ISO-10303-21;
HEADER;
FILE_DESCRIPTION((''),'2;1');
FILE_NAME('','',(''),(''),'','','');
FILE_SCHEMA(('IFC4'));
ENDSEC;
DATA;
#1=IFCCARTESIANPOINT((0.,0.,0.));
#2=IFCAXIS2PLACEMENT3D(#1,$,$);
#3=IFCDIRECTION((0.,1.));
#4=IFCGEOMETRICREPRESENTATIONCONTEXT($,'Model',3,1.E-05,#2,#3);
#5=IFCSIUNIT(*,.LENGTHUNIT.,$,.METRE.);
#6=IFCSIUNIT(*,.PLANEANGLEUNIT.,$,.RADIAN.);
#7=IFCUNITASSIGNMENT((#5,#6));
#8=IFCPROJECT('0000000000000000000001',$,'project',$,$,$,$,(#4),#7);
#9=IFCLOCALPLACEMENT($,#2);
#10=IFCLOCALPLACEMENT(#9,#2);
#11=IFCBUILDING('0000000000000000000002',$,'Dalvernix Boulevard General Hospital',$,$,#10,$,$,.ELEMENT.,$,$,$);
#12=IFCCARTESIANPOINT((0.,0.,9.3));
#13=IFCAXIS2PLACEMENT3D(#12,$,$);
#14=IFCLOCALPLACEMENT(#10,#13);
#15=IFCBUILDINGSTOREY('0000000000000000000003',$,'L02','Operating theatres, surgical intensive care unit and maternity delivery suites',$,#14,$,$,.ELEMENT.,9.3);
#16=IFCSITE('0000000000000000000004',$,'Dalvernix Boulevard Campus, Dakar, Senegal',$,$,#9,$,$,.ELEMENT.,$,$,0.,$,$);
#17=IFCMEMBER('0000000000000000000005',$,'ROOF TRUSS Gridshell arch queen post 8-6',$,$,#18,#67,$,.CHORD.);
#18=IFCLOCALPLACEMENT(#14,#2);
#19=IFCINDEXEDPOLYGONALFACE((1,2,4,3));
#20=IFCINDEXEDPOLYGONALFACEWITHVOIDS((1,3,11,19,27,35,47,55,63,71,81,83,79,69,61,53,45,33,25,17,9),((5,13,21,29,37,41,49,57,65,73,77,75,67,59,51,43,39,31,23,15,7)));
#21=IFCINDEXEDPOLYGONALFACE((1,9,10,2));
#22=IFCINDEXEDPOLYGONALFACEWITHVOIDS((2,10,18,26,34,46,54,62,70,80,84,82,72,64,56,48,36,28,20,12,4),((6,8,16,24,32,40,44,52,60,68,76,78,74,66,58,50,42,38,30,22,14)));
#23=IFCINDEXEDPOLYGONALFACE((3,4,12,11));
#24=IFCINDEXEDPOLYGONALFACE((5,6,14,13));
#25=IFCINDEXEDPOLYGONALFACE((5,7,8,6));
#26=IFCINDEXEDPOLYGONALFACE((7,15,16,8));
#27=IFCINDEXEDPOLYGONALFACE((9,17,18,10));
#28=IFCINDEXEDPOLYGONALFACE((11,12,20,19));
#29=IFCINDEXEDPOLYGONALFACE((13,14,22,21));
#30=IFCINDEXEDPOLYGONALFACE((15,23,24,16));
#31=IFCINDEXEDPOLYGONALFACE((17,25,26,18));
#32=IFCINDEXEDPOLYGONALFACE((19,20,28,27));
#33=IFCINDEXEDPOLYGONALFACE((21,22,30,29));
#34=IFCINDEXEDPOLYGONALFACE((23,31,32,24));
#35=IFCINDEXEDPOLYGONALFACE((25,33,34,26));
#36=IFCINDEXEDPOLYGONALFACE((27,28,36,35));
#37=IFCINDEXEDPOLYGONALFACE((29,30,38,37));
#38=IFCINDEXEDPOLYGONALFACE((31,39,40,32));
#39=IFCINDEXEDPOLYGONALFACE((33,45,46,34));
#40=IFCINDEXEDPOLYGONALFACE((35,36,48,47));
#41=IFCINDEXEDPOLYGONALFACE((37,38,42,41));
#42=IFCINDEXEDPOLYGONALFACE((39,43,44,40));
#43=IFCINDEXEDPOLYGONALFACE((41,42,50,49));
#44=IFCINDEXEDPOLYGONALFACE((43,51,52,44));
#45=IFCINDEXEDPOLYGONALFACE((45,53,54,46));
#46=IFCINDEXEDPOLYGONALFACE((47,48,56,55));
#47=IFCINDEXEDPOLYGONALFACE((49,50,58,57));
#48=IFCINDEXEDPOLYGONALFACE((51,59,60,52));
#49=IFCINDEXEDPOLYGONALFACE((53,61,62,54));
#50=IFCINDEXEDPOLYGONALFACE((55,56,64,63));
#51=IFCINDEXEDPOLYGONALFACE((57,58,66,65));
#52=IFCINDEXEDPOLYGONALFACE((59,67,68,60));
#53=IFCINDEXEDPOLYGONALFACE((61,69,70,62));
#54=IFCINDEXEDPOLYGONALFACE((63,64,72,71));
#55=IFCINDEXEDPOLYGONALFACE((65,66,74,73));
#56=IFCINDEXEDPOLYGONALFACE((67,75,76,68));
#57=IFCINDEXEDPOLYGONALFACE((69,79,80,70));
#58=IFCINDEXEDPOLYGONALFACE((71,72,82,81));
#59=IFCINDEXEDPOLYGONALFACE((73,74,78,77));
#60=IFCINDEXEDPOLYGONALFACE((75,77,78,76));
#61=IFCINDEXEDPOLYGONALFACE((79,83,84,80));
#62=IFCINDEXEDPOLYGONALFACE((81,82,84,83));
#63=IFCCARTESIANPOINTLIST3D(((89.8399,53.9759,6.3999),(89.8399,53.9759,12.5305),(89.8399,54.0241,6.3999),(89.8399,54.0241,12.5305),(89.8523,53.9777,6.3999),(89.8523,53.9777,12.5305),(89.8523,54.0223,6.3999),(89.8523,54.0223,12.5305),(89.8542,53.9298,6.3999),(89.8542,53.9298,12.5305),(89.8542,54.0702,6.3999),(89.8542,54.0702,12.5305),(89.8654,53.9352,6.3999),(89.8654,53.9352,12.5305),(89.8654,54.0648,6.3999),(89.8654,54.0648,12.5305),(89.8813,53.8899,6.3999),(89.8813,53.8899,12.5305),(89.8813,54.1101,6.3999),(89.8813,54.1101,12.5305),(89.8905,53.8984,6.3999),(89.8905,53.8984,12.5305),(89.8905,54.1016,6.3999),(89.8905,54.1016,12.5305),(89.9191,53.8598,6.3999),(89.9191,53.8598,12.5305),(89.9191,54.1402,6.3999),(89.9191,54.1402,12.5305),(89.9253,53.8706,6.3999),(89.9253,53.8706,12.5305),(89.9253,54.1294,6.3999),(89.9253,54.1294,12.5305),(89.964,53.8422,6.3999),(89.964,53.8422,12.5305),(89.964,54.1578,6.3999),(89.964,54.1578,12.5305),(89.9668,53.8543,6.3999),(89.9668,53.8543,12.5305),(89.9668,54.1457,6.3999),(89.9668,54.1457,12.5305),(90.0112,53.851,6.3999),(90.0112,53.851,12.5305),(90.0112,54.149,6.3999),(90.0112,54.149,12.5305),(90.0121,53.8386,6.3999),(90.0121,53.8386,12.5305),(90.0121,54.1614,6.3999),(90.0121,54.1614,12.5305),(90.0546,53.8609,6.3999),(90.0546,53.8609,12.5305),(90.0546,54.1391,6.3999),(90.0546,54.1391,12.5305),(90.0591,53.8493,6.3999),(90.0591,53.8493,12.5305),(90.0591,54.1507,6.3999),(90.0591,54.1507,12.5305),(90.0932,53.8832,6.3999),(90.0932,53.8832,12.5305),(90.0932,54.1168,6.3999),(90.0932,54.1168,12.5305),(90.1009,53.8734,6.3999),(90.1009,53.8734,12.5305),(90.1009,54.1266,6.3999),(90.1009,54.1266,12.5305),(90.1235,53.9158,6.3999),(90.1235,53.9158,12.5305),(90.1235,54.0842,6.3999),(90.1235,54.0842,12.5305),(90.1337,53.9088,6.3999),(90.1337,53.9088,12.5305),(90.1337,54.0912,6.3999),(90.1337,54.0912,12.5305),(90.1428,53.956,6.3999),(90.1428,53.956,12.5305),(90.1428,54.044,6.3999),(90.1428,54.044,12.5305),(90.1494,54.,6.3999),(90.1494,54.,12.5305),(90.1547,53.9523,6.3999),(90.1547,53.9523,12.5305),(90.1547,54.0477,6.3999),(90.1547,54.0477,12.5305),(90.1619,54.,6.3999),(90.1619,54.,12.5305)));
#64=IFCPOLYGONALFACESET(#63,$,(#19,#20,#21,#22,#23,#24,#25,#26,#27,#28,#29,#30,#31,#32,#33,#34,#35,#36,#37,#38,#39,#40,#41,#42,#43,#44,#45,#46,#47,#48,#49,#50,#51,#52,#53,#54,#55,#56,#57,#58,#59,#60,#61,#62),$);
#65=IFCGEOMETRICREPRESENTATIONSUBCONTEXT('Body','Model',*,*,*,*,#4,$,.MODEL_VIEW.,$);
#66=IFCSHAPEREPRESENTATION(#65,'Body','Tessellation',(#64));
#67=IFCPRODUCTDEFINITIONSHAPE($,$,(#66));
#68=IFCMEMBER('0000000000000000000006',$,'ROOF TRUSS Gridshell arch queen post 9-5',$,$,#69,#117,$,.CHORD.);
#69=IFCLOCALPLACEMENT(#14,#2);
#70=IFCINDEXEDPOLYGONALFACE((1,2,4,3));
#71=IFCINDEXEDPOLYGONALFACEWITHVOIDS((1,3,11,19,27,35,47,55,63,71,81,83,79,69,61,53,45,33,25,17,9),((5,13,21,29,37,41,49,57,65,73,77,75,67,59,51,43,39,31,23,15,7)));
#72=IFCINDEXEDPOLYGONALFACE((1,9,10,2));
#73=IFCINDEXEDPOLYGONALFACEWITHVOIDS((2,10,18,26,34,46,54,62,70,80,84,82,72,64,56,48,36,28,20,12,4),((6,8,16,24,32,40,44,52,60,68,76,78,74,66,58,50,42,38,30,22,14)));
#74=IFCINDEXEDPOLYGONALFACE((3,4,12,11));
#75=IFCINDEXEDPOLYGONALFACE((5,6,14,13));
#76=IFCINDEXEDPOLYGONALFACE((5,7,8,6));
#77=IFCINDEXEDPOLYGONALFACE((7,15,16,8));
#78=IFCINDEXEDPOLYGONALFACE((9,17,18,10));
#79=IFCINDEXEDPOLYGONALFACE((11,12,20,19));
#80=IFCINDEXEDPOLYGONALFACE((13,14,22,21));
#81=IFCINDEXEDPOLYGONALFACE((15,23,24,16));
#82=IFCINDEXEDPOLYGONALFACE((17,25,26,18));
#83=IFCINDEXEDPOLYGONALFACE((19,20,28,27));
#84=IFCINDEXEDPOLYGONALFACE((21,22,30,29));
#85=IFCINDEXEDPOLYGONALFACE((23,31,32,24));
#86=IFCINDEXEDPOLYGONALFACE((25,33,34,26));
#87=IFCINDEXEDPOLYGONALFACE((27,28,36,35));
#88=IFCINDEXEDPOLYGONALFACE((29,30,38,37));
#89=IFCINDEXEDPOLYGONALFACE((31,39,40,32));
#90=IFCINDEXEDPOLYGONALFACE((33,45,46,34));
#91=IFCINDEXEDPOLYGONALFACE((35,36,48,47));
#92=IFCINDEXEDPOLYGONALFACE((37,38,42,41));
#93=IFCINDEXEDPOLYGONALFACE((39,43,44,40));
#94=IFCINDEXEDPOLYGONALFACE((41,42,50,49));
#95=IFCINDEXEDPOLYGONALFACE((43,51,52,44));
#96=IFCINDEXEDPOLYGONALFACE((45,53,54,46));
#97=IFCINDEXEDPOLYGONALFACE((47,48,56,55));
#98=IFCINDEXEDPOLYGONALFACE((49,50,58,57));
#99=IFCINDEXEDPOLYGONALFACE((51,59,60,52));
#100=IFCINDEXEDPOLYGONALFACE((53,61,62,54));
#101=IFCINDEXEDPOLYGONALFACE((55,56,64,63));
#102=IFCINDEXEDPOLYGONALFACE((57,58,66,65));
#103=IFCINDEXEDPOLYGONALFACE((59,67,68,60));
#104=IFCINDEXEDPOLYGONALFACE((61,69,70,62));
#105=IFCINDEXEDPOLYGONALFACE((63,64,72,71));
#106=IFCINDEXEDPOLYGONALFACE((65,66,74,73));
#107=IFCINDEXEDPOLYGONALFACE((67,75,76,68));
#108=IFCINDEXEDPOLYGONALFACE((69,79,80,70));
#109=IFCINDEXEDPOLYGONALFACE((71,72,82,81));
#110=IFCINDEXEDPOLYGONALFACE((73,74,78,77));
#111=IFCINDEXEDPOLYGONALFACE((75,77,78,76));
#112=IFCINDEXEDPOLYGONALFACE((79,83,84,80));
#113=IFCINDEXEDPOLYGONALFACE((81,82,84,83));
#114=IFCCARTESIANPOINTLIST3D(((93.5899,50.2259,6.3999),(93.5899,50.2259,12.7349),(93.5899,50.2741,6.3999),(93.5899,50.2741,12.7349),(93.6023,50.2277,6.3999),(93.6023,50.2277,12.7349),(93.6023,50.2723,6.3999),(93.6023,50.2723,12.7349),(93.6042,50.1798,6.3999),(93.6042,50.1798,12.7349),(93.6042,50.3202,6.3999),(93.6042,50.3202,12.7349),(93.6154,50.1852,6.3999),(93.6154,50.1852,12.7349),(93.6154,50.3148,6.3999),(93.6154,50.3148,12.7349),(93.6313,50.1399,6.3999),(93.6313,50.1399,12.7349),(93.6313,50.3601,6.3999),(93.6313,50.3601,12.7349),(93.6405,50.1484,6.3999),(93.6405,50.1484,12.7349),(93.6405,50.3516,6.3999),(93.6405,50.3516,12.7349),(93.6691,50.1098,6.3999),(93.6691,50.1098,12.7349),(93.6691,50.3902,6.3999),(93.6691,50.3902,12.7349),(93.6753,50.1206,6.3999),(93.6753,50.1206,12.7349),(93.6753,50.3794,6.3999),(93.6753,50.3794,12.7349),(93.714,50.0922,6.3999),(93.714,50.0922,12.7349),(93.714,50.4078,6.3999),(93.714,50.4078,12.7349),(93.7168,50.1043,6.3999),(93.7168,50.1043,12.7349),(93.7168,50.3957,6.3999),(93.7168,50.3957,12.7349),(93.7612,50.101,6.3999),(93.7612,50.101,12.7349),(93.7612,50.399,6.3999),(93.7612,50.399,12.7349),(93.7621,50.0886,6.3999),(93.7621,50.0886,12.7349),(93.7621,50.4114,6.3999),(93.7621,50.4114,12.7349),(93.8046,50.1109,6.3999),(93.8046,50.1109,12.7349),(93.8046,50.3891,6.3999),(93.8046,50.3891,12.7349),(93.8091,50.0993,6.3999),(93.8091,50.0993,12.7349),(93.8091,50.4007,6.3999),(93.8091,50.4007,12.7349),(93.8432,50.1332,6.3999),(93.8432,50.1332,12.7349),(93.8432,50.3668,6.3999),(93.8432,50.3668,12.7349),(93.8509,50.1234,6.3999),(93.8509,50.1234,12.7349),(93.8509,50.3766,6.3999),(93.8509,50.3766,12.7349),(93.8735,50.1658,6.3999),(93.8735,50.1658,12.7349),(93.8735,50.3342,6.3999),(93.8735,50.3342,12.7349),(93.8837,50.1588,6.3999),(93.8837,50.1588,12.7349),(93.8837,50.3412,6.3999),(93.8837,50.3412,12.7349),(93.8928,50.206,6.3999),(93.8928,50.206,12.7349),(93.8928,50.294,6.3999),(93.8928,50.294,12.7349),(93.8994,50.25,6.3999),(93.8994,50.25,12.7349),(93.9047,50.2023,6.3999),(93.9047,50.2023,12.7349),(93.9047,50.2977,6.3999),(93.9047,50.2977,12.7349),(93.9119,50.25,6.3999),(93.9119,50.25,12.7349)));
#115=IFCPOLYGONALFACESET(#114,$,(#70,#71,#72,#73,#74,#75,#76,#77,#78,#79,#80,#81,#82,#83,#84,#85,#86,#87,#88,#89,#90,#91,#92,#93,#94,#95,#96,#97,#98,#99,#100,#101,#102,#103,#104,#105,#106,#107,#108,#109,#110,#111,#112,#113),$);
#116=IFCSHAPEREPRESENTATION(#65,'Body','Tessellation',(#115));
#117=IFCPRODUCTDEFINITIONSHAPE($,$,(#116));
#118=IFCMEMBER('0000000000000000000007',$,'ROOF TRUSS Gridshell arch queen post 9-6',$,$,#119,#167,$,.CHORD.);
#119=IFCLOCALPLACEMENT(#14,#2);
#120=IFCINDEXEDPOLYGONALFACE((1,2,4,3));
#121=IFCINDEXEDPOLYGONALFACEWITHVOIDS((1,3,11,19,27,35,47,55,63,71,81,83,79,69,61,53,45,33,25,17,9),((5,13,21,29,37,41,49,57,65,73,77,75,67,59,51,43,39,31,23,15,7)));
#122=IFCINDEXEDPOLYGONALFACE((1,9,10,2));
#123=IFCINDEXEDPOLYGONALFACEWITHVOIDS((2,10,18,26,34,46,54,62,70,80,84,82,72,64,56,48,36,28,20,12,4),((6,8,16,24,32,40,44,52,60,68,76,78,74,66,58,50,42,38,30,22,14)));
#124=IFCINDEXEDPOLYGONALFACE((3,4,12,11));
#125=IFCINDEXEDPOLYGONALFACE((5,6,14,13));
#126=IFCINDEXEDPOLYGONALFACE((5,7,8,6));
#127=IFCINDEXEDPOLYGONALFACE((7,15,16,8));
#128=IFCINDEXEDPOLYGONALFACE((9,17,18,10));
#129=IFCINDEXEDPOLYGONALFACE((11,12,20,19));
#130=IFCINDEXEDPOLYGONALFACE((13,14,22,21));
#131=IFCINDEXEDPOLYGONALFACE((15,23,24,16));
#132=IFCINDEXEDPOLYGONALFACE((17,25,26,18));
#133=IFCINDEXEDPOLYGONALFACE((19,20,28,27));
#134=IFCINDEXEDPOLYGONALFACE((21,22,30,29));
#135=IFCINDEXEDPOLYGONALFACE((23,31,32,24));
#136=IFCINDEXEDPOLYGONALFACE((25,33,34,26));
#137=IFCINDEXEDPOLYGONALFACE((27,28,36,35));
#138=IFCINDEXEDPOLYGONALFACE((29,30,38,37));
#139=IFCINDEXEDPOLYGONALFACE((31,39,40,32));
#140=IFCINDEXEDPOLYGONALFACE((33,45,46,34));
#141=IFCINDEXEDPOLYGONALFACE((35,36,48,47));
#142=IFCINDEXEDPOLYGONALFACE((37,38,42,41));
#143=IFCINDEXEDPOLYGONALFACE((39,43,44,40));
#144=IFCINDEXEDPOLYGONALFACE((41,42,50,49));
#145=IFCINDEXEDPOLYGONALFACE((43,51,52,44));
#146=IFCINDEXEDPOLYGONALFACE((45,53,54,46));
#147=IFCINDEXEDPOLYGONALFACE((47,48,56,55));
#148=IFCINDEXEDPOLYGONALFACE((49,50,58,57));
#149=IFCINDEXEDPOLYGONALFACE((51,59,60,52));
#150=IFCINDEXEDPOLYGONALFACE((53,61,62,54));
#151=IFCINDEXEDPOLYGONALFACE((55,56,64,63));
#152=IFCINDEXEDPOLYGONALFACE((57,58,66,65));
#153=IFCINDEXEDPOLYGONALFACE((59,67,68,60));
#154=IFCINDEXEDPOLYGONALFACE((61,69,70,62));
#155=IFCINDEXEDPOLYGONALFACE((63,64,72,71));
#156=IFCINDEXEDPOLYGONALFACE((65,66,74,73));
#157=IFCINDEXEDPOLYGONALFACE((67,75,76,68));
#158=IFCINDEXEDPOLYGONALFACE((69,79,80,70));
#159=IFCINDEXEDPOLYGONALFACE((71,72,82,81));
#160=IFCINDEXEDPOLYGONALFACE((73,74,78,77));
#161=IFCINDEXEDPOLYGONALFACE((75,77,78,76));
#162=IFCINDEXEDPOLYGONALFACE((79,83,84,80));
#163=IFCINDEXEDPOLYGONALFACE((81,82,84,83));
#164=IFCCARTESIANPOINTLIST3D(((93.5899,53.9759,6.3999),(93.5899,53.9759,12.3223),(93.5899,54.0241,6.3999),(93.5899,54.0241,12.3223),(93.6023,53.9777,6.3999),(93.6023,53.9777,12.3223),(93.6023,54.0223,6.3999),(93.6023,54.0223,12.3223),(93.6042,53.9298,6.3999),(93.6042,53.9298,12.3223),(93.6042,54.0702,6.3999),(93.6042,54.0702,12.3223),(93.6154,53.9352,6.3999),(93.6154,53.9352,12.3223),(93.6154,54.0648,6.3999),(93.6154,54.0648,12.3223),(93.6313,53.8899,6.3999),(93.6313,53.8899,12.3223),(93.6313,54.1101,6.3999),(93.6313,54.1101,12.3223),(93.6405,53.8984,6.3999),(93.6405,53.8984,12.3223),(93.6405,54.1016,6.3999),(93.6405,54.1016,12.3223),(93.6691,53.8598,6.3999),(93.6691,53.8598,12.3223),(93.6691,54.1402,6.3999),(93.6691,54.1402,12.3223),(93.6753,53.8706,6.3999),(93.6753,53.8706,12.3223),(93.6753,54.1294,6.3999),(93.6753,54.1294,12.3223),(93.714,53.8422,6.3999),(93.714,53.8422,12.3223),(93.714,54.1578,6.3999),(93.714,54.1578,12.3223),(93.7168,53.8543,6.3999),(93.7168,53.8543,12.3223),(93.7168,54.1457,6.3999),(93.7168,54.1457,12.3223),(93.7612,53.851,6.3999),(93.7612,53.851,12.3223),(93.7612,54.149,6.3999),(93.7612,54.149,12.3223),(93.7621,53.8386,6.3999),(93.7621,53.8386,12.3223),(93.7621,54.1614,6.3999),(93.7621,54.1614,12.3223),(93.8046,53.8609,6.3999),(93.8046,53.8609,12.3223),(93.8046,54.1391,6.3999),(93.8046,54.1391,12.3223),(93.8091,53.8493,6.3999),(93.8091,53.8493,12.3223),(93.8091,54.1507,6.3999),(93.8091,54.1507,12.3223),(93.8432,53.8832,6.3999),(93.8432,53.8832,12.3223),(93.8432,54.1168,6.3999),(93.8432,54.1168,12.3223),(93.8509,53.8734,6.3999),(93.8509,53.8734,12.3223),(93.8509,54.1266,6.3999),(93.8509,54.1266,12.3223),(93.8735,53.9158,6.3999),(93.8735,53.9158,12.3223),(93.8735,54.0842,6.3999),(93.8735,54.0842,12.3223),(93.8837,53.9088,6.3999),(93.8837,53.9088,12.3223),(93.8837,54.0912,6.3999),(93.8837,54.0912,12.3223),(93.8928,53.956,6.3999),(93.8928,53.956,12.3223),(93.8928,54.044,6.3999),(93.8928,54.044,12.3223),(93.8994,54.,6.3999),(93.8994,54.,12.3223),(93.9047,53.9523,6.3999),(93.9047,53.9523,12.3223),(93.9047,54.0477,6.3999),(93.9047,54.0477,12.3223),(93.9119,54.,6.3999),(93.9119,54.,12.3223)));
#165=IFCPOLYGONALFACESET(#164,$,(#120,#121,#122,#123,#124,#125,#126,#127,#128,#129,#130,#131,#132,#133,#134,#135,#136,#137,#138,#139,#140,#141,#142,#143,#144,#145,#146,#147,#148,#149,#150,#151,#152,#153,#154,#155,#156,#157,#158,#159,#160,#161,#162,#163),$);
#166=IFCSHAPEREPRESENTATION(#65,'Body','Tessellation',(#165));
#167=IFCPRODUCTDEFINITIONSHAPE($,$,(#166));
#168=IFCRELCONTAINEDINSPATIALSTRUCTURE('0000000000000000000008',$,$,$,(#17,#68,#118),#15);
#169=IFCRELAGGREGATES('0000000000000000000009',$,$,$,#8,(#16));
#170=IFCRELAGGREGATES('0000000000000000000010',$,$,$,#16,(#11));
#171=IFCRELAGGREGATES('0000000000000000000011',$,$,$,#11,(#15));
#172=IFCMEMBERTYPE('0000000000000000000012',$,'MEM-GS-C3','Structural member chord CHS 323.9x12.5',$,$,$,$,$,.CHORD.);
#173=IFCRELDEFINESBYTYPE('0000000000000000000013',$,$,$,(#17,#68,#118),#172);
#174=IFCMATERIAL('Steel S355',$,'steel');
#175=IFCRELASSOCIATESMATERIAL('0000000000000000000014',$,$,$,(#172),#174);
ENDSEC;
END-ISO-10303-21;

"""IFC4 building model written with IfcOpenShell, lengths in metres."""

from ifc_helpers import new_model, si_unit, direction, frame, origin, origin_2d, place, context, subcontext, project, spatial, hollow_circle, extrude, material, material_profile, profile_set, type_object, element, save


model = new_model("IFC4")

# Units and contexts
model_context = context("Model", 3, precision=1e-05, world=origin(), true_north=direction((0.0, 1.0)))
body_context = subcontext(model_context, "Body", "Model", "MODEL_VIEW")
ifc_project = project(units=[si_unit("LENGTHUNIT", "METRE"), si_unit("PLANEANGLEUNIT", "RADIAN")], contexts=[model_context])

# Site, building, storey
site_placement = place(None, origin())
site = spatial("IfcSite", under=ifc_project, at=site_placement, Name="Dalvernix Boulevard Campus, Dakar, Senegal", CompositionType="ELEMENT", RefElevation=0.0)
building_placement = place(site_placement, origin())
building = spatial("IfcBuilding", under=site, at=building_placement, Name="Dalvernix Boulevard General Hospital", CompositionType="ELEMENT")
storey_placement = place(building_placement, frame((0.0, 0.0, 9.3)))
storey = spatial("IfcBuildingStorey", under=building, at=storey_placement, Name="L02", Description="Operating theatres, surgical intensive care unit and maternity delivery suites", CompositionType="ELEMENT", Elevation=9.3)

# Shared definitions
ifc_material_1 = material(Name="Steel S355", Category="steel")

# Members
ifc_material_profile_1 = material_profile(ifc_material_1, hollow_circle(Radius=0.1619, WallThickness=0.0125, at=origin_2d()), Name="CHS 323.9x12.5")
ifc_profile_set_1 = profile_set([ifc_material_profile_1], Name="Steel S355")
member_type_1 = type_object("IfcMemberType", Name="MEM-GS-C3", Description="Structural member chord CHS 323.9x12.5", PredefinedType="CHORD", material=ifc_profile_set_1)
member_1_placement = place(storey_placement, frame((90.0, 54.0, 6.3999), z_axis=(0.0, 0.0, 1.0), x_axis=(1.0, 0.0, 0.0)))
element("IfcMember", 1, at=member_1_placement, inside=storey, type_object=member_type_1, Name="ROOF TRUSS Gridshell arch queen post 8-6", PredefinedType="CHORD", context=body_context, shape_type="SweptSolid", body=[
    extrude(hollow_circle(Radius=0.1619, WallThickness=0.0125, at=origin_2d()), origin(), (0.0, 0.0, 1.0), 6.1306),
])
member_2_placement = place(storey_placement, frame((93.75, 50.25, 6.3999), z_axis=(0.0, 0.0, 1.0), x_axis=(1.0, 0.0, 0.0)))
element("IfcMember", 2, at=member_2_placement, inside=storey, type_object=member_type_1, Name="ROOF TRUSS Gridshell arch queen post 9-5", PredefinedType="CHORD", context=body_context, shape_type="SweptSolid", body=[
    extrude(hollow_circle(Radius=0.1619, WallThickness=0.0125, at=origin_2d()), origin(), (0.0, 0.0, 1.0), 6.335),
])
member_3_placement = place(storey_placement, frame((93.75, 54.0, 6.3999), z_axis=(0.0, 0.0, 1.0), x_axis=(1.0, 0.0, 0.0)))
element("IfcMember", 3, at=member_3_placement, inside=storey, type_object=member_type_1, Name="ROOF TRUSS Gridshell arch queen post 9-6", PredefinedType="CHORD", context=body_context, shape_type="SweptSolid", body=[
    extrude(hollow_circle(Radius=0.1619, WallThickness=0.0125, at=origin_2d()), origin(), (0.0, 0.0, 1.0), 5.9224),
])

save(model, "model.ifc")
